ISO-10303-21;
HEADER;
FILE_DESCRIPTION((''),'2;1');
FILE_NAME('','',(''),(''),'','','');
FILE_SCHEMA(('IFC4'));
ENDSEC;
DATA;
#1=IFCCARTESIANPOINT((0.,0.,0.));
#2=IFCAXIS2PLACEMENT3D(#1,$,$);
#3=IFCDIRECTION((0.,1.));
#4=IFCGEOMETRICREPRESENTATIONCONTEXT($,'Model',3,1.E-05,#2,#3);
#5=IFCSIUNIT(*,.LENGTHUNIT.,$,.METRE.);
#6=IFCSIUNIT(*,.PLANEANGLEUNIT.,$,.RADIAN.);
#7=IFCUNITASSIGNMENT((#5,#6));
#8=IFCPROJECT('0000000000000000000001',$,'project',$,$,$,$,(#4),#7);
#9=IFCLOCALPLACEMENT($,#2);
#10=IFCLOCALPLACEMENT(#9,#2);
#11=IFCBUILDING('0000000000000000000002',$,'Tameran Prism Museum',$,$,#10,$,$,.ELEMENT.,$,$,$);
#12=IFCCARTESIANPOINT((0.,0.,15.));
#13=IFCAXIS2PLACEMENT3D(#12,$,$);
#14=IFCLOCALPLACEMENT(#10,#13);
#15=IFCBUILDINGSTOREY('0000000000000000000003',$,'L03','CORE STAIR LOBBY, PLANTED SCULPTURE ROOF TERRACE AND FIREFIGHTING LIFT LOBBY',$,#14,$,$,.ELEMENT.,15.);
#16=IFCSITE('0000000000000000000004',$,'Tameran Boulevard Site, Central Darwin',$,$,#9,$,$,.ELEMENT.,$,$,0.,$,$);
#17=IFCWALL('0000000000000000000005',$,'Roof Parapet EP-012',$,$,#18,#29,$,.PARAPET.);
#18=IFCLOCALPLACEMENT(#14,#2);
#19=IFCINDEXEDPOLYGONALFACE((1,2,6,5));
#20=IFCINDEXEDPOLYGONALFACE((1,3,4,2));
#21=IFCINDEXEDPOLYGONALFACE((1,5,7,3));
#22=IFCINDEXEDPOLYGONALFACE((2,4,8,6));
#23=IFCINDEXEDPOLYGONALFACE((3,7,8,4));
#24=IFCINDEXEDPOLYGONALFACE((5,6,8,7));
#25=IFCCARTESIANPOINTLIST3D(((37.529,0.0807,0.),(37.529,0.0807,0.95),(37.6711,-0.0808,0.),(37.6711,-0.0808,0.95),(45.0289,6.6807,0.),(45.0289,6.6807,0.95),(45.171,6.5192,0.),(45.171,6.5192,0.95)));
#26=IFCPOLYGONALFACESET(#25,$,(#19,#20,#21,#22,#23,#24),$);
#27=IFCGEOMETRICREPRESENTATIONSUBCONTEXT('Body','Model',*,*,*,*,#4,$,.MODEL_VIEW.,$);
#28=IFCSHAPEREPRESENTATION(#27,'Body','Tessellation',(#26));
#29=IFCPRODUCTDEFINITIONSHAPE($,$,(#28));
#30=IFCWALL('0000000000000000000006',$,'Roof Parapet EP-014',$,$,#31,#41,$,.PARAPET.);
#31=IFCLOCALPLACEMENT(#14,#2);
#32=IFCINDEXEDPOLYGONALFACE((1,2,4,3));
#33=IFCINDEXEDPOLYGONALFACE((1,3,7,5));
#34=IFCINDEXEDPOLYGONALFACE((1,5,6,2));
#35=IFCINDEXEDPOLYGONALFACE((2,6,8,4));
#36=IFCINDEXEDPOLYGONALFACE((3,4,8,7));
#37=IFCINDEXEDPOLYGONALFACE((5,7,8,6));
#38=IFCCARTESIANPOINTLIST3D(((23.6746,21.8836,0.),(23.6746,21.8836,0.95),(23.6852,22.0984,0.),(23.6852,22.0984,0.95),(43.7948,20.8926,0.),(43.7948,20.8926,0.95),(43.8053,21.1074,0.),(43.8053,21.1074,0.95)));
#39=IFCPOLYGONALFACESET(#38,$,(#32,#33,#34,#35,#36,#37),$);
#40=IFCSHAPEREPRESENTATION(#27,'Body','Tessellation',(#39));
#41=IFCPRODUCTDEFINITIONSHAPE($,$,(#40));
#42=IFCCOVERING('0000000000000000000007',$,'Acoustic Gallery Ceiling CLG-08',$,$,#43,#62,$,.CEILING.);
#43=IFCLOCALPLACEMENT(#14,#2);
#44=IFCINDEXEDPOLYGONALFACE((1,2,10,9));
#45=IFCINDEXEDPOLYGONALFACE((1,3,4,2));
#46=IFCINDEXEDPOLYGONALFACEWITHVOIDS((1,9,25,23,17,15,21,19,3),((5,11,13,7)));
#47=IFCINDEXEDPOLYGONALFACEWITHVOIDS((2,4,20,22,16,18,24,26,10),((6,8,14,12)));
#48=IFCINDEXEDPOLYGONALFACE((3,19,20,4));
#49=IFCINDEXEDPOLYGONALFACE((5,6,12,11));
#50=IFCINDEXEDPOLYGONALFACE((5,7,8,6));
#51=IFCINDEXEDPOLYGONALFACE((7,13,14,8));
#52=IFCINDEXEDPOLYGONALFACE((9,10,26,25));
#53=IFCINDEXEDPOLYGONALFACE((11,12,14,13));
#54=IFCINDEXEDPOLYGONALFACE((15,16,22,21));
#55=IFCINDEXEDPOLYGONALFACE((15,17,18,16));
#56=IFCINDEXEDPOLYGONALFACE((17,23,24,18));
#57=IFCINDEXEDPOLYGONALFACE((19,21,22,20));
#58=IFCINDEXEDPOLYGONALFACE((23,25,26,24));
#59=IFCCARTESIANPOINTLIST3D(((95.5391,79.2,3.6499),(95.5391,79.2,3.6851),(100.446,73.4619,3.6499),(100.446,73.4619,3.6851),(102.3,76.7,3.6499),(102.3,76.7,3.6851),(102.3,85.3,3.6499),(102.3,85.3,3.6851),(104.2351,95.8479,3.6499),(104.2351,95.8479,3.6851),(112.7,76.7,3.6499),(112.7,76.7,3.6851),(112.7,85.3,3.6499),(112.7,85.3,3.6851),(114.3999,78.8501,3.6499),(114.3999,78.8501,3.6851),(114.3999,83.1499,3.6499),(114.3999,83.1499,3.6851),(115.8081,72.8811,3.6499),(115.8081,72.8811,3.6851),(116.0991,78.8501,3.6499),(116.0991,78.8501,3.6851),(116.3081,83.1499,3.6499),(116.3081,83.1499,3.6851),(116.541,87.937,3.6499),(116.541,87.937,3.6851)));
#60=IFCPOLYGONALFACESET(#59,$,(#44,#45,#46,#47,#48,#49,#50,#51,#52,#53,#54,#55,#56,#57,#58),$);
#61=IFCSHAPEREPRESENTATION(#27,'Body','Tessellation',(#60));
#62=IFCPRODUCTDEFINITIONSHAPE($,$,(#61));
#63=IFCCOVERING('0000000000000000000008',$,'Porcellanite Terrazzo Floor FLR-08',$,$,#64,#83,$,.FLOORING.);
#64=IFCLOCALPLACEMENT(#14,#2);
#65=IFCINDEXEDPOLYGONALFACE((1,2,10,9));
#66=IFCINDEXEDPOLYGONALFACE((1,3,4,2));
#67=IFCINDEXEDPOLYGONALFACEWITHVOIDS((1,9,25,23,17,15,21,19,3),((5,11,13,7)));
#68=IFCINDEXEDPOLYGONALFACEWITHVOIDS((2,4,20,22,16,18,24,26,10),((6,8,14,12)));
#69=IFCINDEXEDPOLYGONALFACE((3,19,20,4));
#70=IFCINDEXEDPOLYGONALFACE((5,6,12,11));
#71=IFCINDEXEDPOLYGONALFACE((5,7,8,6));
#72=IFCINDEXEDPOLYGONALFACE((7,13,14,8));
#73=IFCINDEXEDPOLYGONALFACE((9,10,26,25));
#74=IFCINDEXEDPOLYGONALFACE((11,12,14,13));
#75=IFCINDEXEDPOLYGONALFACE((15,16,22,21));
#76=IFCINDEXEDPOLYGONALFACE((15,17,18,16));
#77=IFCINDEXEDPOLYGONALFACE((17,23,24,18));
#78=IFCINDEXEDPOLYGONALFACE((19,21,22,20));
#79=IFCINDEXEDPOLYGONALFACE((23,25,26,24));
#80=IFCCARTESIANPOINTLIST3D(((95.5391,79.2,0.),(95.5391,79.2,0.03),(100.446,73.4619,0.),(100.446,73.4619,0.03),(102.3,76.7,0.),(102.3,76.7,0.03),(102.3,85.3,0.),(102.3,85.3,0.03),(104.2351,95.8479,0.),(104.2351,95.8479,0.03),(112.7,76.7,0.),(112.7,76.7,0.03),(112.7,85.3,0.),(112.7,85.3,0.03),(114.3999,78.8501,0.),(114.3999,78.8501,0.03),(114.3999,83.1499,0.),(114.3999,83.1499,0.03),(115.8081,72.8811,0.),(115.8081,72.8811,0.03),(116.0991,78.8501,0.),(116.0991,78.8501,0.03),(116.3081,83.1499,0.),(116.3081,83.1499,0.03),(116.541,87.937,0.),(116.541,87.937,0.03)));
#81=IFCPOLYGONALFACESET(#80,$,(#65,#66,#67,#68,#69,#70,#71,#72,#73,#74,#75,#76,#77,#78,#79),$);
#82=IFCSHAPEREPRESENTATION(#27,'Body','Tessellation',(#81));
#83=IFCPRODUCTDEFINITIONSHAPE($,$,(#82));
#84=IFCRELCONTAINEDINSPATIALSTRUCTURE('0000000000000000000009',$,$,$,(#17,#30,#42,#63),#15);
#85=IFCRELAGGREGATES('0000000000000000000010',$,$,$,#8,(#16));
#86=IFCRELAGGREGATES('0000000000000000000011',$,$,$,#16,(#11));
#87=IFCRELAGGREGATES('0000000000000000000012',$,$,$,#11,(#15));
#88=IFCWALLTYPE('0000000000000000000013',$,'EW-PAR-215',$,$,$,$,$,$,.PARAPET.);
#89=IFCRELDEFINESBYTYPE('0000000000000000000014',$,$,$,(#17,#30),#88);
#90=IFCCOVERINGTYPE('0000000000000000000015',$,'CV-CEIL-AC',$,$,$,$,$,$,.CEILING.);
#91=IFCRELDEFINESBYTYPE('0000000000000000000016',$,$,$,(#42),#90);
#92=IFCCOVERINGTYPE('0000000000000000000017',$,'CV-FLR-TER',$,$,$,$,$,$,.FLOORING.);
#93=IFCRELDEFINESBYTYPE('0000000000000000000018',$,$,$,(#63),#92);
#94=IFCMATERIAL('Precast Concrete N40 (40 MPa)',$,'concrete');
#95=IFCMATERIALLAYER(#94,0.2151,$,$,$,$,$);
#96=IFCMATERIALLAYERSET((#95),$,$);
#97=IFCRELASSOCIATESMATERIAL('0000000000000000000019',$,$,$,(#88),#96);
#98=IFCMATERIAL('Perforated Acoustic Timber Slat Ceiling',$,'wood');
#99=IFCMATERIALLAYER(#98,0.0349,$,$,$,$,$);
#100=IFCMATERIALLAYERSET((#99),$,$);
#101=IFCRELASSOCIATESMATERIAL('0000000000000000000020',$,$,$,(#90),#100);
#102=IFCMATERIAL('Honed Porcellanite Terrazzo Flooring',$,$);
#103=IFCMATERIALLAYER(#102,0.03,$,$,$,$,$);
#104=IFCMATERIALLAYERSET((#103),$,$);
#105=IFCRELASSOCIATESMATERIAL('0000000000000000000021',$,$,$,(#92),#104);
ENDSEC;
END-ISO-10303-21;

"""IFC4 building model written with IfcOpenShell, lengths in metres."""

from ifc_helpers import new_model, si_unit, direction, frame, frame_2d, origin, place, context, subcontext, project, spatial, polyline, rectangle, outline, extrude, material, layer, layer_set, type_object, element, save


model = new_model("IFC4")

# Units and contexts
model_context = context("Model", 3, precision=1e-05, world=origin(), true_north=direction((0.0, 1.0)))
body_context = subcontext(model_context, "Body", "Model", "MODEL_VIEW")
ifc_project = project(units=[si_unit("LENGTHUNIT", "METRE"), si_unit("PLANEANGLEUNIT", "RADIAN")], contexts=[model_context])

# Site, building, storey
site_placement = place(None, origin())
site = spatial("IfcSite", under=ifc_project, at=site_placement, Name="Tameran Boulevard Site, Central Darwin", CompositionType="ELEMENT", RefElevation=0.0)
building_placement = place(site_placement, origin())
building = spatial("IfcBuilding", under=site, at=building_placement, Name="Tameran Prism Museum", CompositionType="ELEMENT")
storey_placement = place(building_placement, frame((0.0, 0.0, 15.0)))
storey = spatial("IfcBuildingStorey", under=building, at=storey_placement, Name="L03", Description="CORE STAIR LOBBY, PLANTED SCULPTURE ROOF TERRACE AND FIREFIGHTING LIFT LOBBY", CompositionType="ELEMENT", Elevation=15.0)

# Walls
ifc_material_1 = material(Name="Precast Concrete N40 (40 MPa)", Category="concrete")
ifc_layer_1 = layer(ifc_material_1, 0.2151)
ifc_layer_set_1 = layer_set([ifc_layer_1])
wall_type_1 = type_object("IfcWallType", Name="EW-PAR-215", PredefinedType="PARAPET", material=ifc_layer_set_1)
wall_1_placement = place(storey_placement, frame((37.6001, 0.0, 0.0), z_axis=(0.0, 0.0, 1.0), x_axis=(0.750709, 0.660633, 0.0)))
element("IfcWall", 1, at=wall_1_placement, inside=storey, type_object=wall_type_1, Name="Roof Parapet EP-012", PredefinedType="PARAPET", context=body_context, shape_type="SweptSolid", body=[
    extrude(rectangle(XDim=9.9905, YDim=0.2151, at=frame_2d((4.9951, 0.0))), origin(), (0.0, 0.0, 1.0), 0.95),
])
wall_2_placement = place(storey_placement, frame((43.8, 21.0, 0.0), z_axis=(0.0, 0.0, 1.0), x_axis=(-0.998789, 0.049193, 0.0)))
element("IfcWall", 2, at=wall_2_placement, inside=storey, type_object=wall_type_1, Name="Roof Parapet EP-014", PredefinedType="PARAPET", context=body_context, shape_type="SweptSolid", body=[
    extrude(rectangle(XDim=20.1445, YDim=0.2151, at=frame_2d((10.0723, 0.0))), origin(), (0.0, 0.0, 1.0), 0.95),
])

# Coverings
ifc_material_2 = material(Name="Perforated Acoustic Timber Slat Ceiling", Category="wood")
ifc_layer_2 = layer(ifc_material_2, 0.0349)
ifc_layer_set_2 = layer_set([ifc_layer_2])
covering_type_1 = type_object("IfcCoveringType", Name="CV-CEIL-AC", PredefinedType="CEILING", material=ifc_layer_set_2)
covering_1_placement = place(storey_placement, frame((0.0, 0.0, 3.6499)))
element("IfcCovering", 3, at=covering_1_placement, inside=storey, type_object=covering_type_1, Name="Acoustic Gallery Ceiling CLG-08", PredefinedType="CEILING", context=body_context, shape_type="SweptSolid", body=[
    extrude(outline(polyline([(95.5391, 79.2), (104.2351, 95.8479), (116.541, 87.937), (116.3081, 83.1499), (114.3999, 83.1499), (114.3999, 78.8501), (116.0991, 78.8501), (115.8081, 72.8811), (100.446, 73.4619), (95.5391, 79.2)]), holes=[polyline([(112.7, 85.3), (102.3, 85.3), (102.3, 76.7), (112.7, 76.7), (112.7, 85.3)])]), origin(), (0.0, 0.0, 1.0), 0.0352),
])
ifc_material_3 = material(Name="Honed Porcellanite Terrazzo Flooring")
ifc_layer_3 = layer(ifc_material_3, 0.03)
ifc_layer_set_3 = layer_set([ifc_layer_3])
covering_type_2 = type_object("IfcCoveringType", Name="CV-FLR-TER", PredefinedType="FLOORING", material=ifc_layer_set_3)
covering_2_placement = place(storey_placement, origin())
element("IfcCovering", 4, at=covering_2_placement, inside=storey, type_object=covering_type_2, Name="Porcellanite Terrazzo Floor FLR-08", PredefinedType="FLOORING", context=body_context, shape_type="SweptSolid", body=[
    extrude(outline(polyline([(95.5391, 79.2), (104.2351, 95.8479), (116.541, 87.937), (116.3081, 83.1499), (114.3999, 83.1499), (114.3999, 78.8501), (116.0991, 78.8501), (115.8081, 72.8811), (100.446, 73.4619), (95.5391, 79.2)]), holes=[polyline([(112.7, 85.3), (102.3, 85.3), (102.3, 76.7), (112.7, 76.7), (112.7, 85.3)])]), origin(), (0.0, 0.0, 1.0), 0.03),
])

save(model, "model.ifc")
